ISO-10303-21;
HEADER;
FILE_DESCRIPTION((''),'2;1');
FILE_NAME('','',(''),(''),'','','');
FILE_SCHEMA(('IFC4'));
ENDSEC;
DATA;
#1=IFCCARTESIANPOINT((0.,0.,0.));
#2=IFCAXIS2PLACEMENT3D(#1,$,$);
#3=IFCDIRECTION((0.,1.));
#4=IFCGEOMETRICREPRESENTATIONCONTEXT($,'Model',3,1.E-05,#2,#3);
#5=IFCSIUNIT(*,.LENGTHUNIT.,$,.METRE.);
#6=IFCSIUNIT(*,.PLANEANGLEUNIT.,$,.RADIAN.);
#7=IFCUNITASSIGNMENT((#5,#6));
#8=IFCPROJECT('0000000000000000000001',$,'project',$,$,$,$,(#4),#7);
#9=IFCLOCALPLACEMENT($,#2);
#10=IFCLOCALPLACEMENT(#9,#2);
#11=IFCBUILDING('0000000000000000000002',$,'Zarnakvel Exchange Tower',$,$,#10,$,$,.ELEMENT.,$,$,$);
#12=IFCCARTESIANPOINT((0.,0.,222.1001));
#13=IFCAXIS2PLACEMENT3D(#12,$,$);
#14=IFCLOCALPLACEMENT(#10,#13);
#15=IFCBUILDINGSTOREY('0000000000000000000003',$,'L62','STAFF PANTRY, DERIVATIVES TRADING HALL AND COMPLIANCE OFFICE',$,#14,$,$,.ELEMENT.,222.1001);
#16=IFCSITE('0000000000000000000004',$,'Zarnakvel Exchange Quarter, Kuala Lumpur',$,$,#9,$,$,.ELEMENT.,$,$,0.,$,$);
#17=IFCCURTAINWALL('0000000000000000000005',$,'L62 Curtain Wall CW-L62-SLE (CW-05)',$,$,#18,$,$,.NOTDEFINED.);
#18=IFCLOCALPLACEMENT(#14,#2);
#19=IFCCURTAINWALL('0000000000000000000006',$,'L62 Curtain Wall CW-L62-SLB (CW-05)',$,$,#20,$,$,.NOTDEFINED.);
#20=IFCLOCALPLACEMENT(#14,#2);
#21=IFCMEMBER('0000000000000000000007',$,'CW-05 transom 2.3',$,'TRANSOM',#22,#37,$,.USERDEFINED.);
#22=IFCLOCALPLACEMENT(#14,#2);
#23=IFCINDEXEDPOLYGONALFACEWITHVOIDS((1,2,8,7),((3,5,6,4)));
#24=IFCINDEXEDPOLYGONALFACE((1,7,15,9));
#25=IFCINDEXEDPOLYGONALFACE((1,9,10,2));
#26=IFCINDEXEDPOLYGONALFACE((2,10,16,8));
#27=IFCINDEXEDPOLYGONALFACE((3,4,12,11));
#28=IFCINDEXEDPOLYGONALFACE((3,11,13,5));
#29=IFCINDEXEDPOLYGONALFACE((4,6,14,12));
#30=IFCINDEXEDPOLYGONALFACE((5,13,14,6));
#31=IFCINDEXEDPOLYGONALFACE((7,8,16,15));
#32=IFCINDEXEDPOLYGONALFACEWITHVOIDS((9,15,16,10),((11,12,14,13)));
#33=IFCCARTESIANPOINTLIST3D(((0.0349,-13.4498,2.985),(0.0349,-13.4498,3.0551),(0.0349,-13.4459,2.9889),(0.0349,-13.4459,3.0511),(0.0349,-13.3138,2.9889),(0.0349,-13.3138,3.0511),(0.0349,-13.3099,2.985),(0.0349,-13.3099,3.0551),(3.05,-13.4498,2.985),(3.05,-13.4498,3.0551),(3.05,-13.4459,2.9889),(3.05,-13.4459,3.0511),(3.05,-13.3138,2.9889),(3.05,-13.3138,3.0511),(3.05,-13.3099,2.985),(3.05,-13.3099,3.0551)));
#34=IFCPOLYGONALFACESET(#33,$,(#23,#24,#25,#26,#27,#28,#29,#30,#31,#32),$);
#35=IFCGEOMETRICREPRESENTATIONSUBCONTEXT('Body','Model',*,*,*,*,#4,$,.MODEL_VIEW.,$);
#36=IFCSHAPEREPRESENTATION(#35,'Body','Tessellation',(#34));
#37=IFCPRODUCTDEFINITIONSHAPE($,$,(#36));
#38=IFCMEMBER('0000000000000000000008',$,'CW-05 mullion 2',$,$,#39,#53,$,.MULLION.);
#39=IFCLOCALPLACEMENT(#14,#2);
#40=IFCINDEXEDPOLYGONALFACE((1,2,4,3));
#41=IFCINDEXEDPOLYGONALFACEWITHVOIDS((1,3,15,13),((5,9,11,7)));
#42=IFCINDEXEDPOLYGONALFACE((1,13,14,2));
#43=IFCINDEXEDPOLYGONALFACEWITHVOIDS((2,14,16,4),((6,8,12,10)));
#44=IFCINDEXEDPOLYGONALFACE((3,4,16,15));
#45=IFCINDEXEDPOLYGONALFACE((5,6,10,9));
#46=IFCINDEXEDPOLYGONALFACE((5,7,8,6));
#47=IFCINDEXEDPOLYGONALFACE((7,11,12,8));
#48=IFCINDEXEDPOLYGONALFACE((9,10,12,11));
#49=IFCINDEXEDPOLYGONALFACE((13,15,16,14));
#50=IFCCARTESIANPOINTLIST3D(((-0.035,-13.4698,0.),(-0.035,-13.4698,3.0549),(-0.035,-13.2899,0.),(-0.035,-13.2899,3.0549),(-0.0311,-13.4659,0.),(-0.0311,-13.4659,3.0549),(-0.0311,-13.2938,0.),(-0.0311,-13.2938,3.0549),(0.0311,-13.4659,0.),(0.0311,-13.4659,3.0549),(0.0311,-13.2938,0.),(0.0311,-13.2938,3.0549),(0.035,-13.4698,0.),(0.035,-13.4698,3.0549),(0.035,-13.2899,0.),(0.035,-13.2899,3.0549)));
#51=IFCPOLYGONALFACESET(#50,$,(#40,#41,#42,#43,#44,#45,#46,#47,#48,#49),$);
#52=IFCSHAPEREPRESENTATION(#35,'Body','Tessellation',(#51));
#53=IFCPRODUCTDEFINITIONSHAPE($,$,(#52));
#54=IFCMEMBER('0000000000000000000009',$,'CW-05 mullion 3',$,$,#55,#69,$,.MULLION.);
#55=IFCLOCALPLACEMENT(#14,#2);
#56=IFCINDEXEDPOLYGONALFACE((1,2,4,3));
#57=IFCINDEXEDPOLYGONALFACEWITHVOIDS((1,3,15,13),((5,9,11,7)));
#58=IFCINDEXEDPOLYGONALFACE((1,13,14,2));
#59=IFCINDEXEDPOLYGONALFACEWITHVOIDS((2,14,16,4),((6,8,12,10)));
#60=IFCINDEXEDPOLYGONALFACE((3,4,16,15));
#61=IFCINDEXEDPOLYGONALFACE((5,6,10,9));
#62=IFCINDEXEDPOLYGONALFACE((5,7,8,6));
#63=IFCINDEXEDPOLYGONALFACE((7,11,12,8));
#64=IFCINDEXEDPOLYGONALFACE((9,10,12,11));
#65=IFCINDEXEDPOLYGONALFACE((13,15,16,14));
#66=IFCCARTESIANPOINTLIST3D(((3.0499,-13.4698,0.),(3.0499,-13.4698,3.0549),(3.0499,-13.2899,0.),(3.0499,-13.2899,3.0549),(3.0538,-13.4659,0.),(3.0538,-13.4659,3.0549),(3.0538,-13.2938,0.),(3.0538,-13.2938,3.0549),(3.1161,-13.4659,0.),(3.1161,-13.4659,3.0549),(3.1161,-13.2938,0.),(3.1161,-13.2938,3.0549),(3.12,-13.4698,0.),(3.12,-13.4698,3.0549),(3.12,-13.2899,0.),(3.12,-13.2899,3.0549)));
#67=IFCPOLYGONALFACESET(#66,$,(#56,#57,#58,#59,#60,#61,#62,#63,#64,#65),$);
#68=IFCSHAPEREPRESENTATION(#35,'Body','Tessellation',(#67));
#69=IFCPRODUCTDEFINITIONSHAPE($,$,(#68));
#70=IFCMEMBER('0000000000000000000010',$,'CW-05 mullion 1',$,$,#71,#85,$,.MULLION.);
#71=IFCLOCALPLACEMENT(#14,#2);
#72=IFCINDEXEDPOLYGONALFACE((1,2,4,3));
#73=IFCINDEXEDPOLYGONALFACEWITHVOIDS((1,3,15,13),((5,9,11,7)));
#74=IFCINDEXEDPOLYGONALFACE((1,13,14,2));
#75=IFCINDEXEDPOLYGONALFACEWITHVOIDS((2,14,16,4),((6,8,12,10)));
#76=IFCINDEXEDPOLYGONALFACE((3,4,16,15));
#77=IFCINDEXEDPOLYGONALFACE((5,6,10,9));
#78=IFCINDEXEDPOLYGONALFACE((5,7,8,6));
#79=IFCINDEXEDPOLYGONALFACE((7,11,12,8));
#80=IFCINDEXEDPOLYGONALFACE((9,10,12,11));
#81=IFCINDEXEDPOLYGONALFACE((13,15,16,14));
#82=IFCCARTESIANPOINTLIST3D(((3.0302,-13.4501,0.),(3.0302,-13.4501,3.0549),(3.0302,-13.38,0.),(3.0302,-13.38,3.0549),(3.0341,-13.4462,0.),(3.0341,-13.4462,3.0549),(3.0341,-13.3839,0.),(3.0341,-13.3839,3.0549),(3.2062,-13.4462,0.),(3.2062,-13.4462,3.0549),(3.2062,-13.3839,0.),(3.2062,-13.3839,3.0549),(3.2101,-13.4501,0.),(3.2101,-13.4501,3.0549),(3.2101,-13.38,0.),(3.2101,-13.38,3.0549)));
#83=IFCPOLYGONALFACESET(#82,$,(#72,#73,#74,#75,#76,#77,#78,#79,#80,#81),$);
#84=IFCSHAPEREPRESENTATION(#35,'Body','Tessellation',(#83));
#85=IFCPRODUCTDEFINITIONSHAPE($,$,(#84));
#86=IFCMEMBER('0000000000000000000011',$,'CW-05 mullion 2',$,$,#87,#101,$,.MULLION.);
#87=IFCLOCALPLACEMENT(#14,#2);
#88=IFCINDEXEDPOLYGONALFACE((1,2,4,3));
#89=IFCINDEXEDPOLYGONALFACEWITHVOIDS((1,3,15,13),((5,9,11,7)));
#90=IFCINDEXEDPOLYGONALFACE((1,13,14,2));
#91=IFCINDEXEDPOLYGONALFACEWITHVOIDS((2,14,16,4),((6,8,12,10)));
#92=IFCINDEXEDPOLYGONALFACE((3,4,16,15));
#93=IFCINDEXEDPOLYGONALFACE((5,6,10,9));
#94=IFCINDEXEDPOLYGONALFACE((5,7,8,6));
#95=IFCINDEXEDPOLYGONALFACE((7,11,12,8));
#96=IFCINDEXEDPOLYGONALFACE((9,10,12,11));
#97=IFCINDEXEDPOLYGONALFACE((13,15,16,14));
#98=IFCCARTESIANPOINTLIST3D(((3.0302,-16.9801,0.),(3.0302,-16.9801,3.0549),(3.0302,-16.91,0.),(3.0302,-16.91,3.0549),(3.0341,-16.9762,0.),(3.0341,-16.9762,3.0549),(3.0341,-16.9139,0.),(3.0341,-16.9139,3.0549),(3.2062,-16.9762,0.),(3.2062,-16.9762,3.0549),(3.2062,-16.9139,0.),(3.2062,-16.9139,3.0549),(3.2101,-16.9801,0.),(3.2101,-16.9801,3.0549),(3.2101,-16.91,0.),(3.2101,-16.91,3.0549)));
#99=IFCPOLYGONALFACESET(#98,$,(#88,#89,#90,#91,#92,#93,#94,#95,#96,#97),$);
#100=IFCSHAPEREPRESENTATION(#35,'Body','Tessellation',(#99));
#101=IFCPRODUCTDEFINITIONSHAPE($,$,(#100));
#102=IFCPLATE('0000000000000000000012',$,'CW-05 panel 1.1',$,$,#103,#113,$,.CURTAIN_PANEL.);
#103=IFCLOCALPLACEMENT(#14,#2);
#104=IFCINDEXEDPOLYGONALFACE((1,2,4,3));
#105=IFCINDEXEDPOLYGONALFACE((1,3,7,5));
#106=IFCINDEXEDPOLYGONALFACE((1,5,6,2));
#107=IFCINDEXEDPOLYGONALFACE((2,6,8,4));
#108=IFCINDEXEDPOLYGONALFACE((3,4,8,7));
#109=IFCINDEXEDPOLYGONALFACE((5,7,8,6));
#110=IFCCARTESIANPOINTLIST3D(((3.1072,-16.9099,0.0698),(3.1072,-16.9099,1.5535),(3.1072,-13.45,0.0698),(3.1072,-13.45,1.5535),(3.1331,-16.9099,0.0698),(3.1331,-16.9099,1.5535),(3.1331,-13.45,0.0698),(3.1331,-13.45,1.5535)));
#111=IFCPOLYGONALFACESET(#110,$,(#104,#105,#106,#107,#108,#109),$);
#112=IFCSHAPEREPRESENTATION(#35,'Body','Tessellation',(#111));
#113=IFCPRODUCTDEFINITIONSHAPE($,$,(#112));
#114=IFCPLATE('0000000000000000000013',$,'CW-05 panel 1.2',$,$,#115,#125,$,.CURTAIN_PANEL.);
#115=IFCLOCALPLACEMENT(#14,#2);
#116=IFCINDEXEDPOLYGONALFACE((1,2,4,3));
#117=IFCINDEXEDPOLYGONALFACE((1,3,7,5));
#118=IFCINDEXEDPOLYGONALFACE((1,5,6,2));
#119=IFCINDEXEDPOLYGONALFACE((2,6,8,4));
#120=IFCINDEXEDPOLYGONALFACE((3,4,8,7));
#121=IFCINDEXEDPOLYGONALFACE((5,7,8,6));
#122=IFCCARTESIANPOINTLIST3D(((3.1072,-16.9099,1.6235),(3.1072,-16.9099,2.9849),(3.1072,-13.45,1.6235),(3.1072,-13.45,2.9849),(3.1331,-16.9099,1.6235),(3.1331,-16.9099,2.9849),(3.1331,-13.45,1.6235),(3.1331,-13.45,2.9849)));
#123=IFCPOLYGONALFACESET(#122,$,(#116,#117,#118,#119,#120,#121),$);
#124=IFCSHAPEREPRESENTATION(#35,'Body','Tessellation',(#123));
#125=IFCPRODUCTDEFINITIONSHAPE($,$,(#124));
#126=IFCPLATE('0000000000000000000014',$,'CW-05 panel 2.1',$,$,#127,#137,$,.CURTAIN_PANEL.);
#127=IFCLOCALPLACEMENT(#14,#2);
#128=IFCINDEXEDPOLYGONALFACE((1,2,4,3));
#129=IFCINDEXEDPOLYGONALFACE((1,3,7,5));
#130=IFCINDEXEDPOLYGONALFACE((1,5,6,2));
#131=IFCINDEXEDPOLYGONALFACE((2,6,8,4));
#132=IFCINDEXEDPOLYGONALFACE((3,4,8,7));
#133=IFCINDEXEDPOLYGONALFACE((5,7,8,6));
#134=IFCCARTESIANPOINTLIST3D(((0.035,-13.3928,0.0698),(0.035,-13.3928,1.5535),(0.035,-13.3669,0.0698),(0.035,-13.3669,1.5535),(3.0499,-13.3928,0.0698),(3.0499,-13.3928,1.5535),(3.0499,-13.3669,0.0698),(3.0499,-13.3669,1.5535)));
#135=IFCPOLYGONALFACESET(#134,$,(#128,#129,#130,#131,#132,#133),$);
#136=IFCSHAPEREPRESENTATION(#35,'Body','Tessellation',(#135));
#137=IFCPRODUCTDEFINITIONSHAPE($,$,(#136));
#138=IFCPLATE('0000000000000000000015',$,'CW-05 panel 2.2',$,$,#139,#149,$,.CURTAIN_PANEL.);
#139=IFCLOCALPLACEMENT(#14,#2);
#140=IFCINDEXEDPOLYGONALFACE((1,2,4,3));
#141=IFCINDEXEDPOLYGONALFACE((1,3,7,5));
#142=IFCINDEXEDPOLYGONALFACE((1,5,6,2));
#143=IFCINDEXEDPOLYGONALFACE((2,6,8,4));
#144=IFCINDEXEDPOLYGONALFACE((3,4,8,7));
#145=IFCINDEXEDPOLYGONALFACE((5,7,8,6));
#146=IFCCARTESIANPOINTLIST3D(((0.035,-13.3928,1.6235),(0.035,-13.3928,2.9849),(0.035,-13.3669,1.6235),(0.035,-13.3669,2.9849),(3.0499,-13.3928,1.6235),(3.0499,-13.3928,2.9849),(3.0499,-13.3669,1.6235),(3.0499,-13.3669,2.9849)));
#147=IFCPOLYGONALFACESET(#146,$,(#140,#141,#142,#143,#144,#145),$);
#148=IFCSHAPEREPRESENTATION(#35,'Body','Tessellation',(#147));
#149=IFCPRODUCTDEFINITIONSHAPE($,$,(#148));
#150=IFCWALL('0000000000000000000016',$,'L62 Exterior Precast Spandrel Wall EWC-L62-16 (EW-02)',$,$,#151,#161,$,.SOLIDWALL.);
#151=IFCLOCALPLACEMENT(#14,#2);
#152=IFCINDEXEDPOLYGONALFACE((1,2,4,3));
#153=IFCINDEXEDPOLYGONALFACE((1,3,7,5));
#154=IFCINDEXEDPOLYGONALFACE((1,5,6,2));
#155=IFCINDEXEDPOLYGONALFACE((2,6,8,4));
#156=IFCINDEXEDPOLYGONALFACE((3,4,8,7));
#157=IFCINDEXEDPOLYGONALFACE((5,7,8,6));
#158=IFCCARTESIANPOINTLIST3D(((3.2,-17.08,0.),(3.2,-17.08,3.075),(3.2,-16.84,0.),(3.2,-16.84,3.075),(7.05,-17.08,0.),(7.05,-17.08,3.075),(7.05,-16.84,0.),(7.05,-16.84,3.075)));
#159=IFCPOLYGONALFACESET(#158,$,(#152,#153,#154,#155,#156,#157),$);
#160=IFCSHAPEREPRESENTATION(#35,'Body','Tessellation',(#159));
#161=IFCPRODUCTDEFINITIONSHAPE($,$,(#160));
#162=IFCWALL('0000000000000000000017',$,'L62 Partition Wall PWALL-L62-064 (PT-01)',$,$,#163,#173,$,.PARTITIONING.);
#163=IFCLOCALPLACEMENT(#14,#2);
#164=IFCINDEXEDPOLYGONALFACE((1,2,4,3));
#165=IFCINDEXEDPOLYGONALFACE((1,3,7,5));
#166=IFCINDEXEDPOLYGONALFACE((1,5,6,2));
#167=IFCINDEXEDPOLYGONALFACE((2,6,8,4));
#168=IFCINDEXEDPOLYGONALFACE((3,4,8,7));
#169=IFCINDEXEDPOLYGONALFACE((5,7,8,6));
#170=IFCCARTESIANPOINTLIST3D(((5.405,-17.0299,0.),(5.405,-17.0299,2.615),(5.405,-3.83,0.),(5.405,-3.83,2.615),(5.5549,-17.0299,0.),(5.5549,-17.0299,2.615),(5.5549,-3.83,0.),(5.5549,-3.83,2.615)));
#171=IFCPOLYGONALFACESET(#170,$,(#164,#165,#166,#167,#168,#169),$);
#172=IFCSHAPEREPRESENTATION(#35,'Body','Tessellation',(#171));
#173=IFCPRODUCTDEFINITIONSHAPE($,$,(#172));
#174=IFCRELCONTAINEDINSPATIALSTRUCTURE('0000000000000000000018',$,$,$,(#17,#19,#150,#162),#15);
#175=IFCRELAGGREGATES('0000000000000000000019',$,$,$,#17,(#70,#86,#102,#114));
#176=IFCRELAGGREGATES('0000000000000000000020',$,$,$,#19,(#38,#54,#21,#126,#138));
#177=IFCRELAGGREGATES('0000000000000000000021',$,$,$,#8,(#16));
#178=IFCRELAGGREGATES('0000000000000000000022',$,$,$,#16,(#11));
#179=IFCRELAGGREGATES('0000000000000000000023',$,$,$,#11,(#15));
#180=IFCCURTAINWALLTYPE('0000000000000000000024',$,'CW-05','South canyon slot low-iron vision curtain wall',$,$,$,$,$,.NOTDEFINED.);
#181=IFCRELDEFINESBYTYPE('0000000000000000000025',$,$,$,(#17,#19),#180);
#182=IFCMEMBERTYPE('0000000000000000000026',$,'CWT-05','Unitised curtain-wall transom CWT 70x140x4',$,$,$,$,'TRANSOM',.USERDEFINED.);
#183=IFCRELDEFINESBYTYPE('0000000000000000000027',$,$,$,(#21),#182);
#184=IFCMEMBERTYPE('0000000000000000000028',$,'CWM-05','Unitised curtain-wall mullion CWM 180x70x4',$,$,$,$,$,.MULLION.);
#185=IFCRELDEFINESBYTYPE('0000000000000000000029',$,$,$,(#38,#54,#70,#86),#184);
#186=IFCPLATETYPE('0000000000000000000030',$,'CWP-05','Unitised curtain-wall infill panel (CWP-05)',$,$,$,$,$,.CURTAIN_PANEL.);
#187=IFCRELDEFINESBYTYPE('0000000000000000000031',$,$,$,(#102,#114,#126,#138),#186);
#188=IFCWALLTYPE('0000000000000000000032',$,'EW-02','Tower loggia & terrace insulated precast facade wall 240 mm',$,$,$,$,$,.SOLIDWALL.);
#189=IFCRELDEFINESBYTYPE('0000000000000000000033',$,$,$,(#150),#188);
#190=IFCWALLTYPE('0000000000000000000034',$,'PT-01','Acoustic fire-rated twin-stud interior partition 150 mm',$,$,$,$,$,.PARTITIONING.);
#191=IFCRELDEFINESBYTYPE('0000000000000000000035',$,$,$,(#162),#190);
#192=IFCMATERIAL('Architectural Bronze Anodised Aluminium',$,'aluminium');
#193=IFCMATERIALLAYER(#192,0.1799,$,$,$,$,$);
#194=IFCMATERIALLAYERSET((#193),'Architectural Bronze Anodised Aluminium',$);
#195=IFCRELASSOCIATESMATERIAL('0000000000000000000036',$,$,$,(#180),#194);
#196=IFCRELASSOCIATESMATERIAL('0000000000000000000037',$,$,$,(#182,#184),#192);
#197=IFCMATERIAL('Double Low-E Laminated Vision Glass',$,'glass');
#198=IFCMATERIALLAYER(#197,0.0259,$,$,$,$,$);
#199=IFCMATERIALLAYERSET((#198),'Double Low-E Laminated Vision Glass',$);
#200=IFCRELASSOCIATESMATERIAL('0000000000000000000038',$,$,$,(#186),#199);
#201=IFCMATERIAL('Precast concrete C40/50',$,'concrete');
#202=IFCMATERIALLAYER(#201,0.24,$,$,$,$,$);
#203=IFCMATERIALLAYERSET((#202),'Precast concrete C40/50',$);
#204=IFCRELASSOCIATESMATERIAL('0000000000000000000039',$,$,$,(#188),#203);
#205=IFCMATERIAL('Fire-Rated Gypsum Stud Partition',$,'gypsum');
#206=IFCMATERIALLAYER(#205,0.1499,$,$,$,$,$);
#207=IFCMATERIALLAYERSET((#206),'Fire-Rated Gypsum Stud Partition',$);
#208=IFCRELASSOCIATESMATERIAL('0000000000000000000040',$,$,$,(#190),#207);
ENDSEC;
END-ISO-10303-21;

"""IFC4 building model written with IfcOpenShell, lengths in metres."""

from ifc_helpers import new_model, si_unit, direction, frame, frame_2d, origin, origin_2d, place, context, subcontext, project, spatial, rectangle, hollow_rectangle, extrude, source, transform, mapped, material, layer, layer_set, material_profile, profile_set, type_object, element, aggregate, save


model = new_model("IFC4")

# Units and contexts
model_context = context("Model", 3, precision=1e-05, world=origin(), true_north=direction((0.0, 1.0)))
body_context = subcontext(model_context, "Body", "Model", "MODEL_VIEW")
ifc_project = project(units=[si_unit("LENGTHUNIT", "METRE"), si_unit("PLANEANGLEUNIT", "RADIAN")], contexts=[model_context])

# Site, building, storey
site_placement = place(None, origin())
site = spatial("IfcSite", under=ifc_project, at=site_placement, Name="Zarnakvel Exchange Quarter, Kuala Lumpur", CompositionType="ELEMENT", RefElevation=0.0)
building_placement = place(site_placement, origin())
building = spatial("IfcBuilding", under=site, at=building_placement, Name="Zarnakvel Exchange Tower", CompositionType="ELEMENT")
storey_placement = place(building_placement, frame((0.0, 0.0, 222.1001)))
storey = spatial("IfcBuildingStorey", under=building, at=storey_placement, Name="L62", Description="STAFF PANTRY, DERIVATIVES TRADING HALL AND COMPLIANCE OFFICE", CompositionType="ELEMENT", Elevation=222.1001)

# Curtain walls, members
ifc_material_1 = material(Name="Architectural Bronze Anodised Aluminium", Category="aluminium")
ifc_layer_1 = layer(ifc_material_1, 0.1799)
ifc_layer_set_1 = layer_set([ifc_layer_1], Name="Architectural Bronze Anodised Aluminium")
curtain_wall_type = type_object("IfcCurtainWallType", Name="CW-05", Description="South canyon slot low-iron vision curtain wall", PredefinedType="NOTDEFINED", material=ifc_layer_set_1)
curtain_wall_1_placement = place(storey_placement, origin())
curtain_wall_1 = element("IfcCurtainWall", 1, at=curtain_wall_1_placement, inside=storey, type_object=curtain_wall_type, Name="L62 Curtain Wall CW-L62-SLE (CW-05)", PredefinedType="NOTDEFINED")
ifc_material_profile_1 = material_profile(ifc_material_1, hollow_rectangle(XDim=0.1399, YDim=0.0701, WallThickness=0.0039, at=origin_2d()))
ifc_profile_set_1 = profile_set([ifc_material_profile_1], Name="Architectural Bronze Anodised Aluminium")
member_type_1 = type_object("IfcMemberType", Name="CWT-05", Description="Unitised curtain-wall transom CWT 70x140x4", ElementType="TRANSOM", PredefinedType="USERDEFINED", material=ifc_profile_set_1)
curtain_wall_2_placement = place(storey_placement, origin())
curtain_wall_2 = element("IfcCurtainWall", 2, at=curtain_wall_2_placement, inside=storey, type_object=curtain_wall_type, Name="L62 Curtain Wall CW-L62-SLB (CW-05)", PredefinedType="NOTDEFINED")
shared_shape_1 = source(origin(), body_context, "Body", "SweptSolid", [
    extrude(hollow_rectangle(XDim=0.1399, YDim=0.0701, WallThickness=0.0039, at=origin_2d()), origin(), (0.0, 0.0, 1.0), 3.0151),
])
member_1_placement = place(storey_placement, frame((0.0349, -13.3799, 3.02), z_axis=(1.0, 0.0, 0.0), x_axis=(0.0, 1.0, 0.0)))
member_1 = element("IfcMember", 3, at=member_1_placement, type_object=member_type_1, Name="CW-05 transom 2.3", ObjectType="TRANSOM", PredefinedType="USERDEFINED", context=body_context, shape_type="MappedRepresentation", body=[
    mapped(shared_shape_1, transform((0.0, 0.0, 0.0), x_axis=(1.0, 0.0, 0.0), y_axis=(0.0, 1.0, 0.0), z_axis=(0.0, 0.0, 1.0), scale=1.0)),
])
ifc_material_profile_2 = material_profile(ifc_material_1, hollow_rectangle(XDim=0.1799, YDim=0.0701, WallThickness=0.0039, at=origin_2d()))
ifc_profile_set_2 = profile_set([ifc_material_profile_2], Name="Architectural Bronze Anodised Aluminium")
member_type_2 = type_object("IfcMemberType", Name="CWM-05", Description="Unitised curtain-wall mullion CWM 180x70x4", PredefinedType="MULLION", material=ifc_profile_set_2)
shared_shape_2 = source(origin(), body_context, "Body", "SweptSolid", [
    extrude(hollow_rectangle(XDim=0.1799, YDim=0.0701, WallThickness=0.0039, at=origin_2d()), origin(), (0.0, 0.0, 1.0), 3.0549),
])
member_2_placement = place(storey_placement, frame((0.0, -13.3799, 0.0), z_axis=(0.0, 0.0, 1.0), x_axis=(0.0, 1.0, 0.0)))
member_2 = element("IfcMember", 4, at=member_2_placement, type_object=member_type_2, Name="CW-05 mullion 2", PredefinedType="MULLION", context=body_context, shape_type="MappedRepresentation", body=[
    mapped(shared_shape_2, transform((0.0, 0.0, 0.0), x_axis=(1.0, 0.0, 0.0), y_axis=(0.0, 1.0, 0.0), z_axis=(0.0, 0.0, 1.0), scale=1.0)),
])
member_3_placement = place(storey_placement, frame((3.085, -13.3799, 0.0), z_axis=(0.0, 0.0, 1.0), x_axis=(0.0, 1.0, 0.0)))
member_3 = element("IfcMember", 5, at=member_3_placement, type_object=member_type_2, Name="CW-05 mullion 3", PredefinedType="MULLION", context=body_context, shape_type="MappedRepresentation", body=[
    mapped(shared_shape_2, transform((0.0, 0.0, 0.0), x_axis=(1.0, 0.0, 0.0), y_axis=(0.0, 1.0, 0.0), z_axis=(0.0, 0.0, 1.0), scale=1.0)),
])

# Members
member_4_placement = place(storey_placement, frame((3.1201, -13.415, 0.0), z_axis=(0.0, 0.0, 1.0), x_axis=(1.0, 0.0, 0.0)))
member_4 = element("IfcMember", 6, at=member_4_placement, type_object=member_type_2, Name="CW-05 mullion 1", PredefinedType="MULLION", context=body_context, shape_type="MappedRepresentation", body=[
    mapped(shared_shape_2, transform((0.0, 0.0, 0.0), x_axis=(1.0, 0.0, 0.0), y_axis=(0.0, 1.0, 0.0), z_axis=(0.0, 0.0, 1.0), scale=1.0)),
])
member_5_placement = place(storey_placement, frame((3.1201, -16.9451, 0.0), z_axis=(0.0, 0.0, 1.0), x_axis=(1.0, 0.0, 0.0)))
member_5 = element("IfcMember", 7, at=member_5_placement, type_object=member_type_2, Name="CW-05 mullion 2", PredefinedType="MULLION", context=body_context, shape_type="MappedRepresentation", body=[
    mapped(shared_shape_2, transform((0.0, 0.0, 0.0), x_axis=(1.0, 0.0, 0.0), y_axis=(0.0, 1.0, 0.0), z_axis=(0.0, 0.0, 1.0), scale=1.0)),
])

# Plates
ifc_material_2 = material(Name="Double Low-E Laminated Vision Glass", Category="glass")
ifc_layer_2 = layer(ifc_material_2, 0.0259)
ifc_layer_set_2 = layer_set([ifc_layer_2], Name="Double Low-E Laminated Vision Glass")
plate_type = type_object("IfcPlateType", Name="CWP-05", Description="Unitised curtain-wall infill panel (CWP-05)", PredefinedType="CURTAIN_PANEL", material=ifc_layer_set_2)
shared_shape_3 = source(origin(), body_context, "Body", "SweptSolid", [
    extrude(rectangle(XDim=3.46, YDim=0.0259, at=origin_2d()), origin(), (0.0, 0.0, 1.0), 1.4836),
])
plate_1_placement = place(storey_placement, frame((3.1201, -15.1799, 0.0698), z_axis=(0.0, 0.0, 1.0), x_axis=(0.0, -1.0, 0.0)))
plate_1 = element("IfcPlate", 8, at=plate_1_placement, type_object=plate_type, Name="CW-05 panel 1.1", PredefinedType="CURTAIN_PANEL", context=body_context, shape_type="MappedRepresentation", body=[
    mapped(shared_shape_3, transform((0.0, 0.0, 0.0), x_axis=(1.0, 0.0, 0.0), y_axis=(0.0, 1.0, 0.0), z_axis=(0.0, 0.0, 1.0), scale=1.0)),
])
shared_shape_4 = source(origin(), body_context, "Body", "SweptSolid", [
    extrude(rectangle(XDim=3.46, YDim=0.0259, at=origin_2d()), origin(), (0.0, 0.0, 1.0), 1.3613),
])
plate_2_placement = place(storey_placement, frame((3.1201, -15.1799, 1.6235), z_axis=(0.0, 0.0, 1.0), x_axis=(0.0, -1.0, 0.0)))
plate_2 = element("IfcPlate", 9, at=plate_2_placement, type_object=plate_type, Name="CW-05 panel 1.2", PredefinedType="CURTAIN_PANEL", context=body_context, shape_type="MappedRepresentation", body=[
    mapped(shared_shape_4, transform((0.0, 0.0, 0.0), x_axis=(1.0, 0.0, 0.0), y_axis=(0.0, 1.0, 0.0), z_axis=(0.0, 0.0, 1.0), scale=1.0)),
])
aggregate(curtain_wall_1, [member_4, member_5, plate_1, plate_2])
shared_shape_5 = source(origin(), body_context, "Body", "SweptSolid", [
    extrude(rectangle(XDim=3.0149, YDim=0.0259, at=origin_2d()), origin(), (0.0, 0.0, 1.0), 1.4836),
])
plate_3_placement = place(storey_placement, frame((1.5425, -13.3799, 0.0698), z_axis=(0.0, 0.0, 1.0), x_axis=(1.0, 0.0, 0.0)))
plate_3 = element("IfcPlate", 10, at=plate_3_placement, type_object=plate_type, Name="CW-05 panel 2.1", PredefinedType="CURTAIN_PANEL", context=body_context, shape_type="MappedRepresentation", body=[
    mapped(shared_shape_5, transform((0.0, 0.0, 0.0), x_axis=(1.0, 0.0, 0.0), y_axis=(0.0, 1.0, 0.0), z_axis=(0.0, 0.0, 1.0), scale=1.0)),
])
shared_shape_6 = source(origin(), body_context, "Body", "SweptSolid", [
    extrude(rectangle(XDim=3.0149, YDim=0.0259, at=origin_2d()), origin(), (0.0, 0.0, 1.0), 1.3613),
])
plate_4_placement = place(storey_placement, frame((1.5425, -13.3799, 1.6235), z_axis=(0.0, 0.0, 1.0), x_axis=(1.0, 0.0, 0.0)))
plate_4 = element("IfcPlate", 11, at=plate_4_placement, type_object=plate_type, Name="CW-05 panel 2.2", PredefinedType="CURTAIN_PANEL", context=body_context, shape_type="MappedRepresentation", body=[
    mapped(shared_shape_6, transform((0.0, 0.0, 0.0), x_axis=(1.0, 0.0, 0.0), y_axis=(0.0, 1.0, 0.0), z_axis=(0.0, 0.0, 1.0), scale=1.0)),
])
aggregate(curtain_wall_2, [member_2, member_3, member_1, plate_3, plate_4])

# Walls
ifc_material_3 = material(Name="Precast concrete C40/50", Category="concrete")
ifc_layer_3 = layer(ifc_material_3, 0.24)
ifc_layer_set_3 = layer_set([ifc_layer_3], Name="Precast concrete C40/50")
wall_type_1 = type_object("IfcWallType", Name="EW-02", Description="Tower loggia & terrace insulated precast facade wall 240 mm", PredefinedType="SOLIDWALL", material=ifc_layer_set_3)
wall_1_placement = place(storey_placement, frame((3.2, -16.96, 0.0), z_axis=(0.0, 0.0, 1.0), x_axis=(1.0, 0.0, 0.0)))
element("IfcWall", 12, at=wall_1_placement, inside=storey, type_object=wall_type_1, Name="L62 Exterior Precast Spandrel Wall EWC-L62-16 (EW-02)", PredefinedType="SOLIDWALL", context=body_context, shape_type="SweptSolid", body=[
    extrude(rectangle(XDim=3.8501, YDim=0.24, at=frame_2d((1.925, 0.0))), origin(), (0.0, 0.0, 1.0), 3.075),
])
ifc_material_4 = material(Name="Fire-Rated Gypsum Stud Partition", Category="gypsum")
ifc_layer_4 = layer(ifc_material_4, 0.1499)
ifc_layer_set_4 = layer_set([ifc_layer_4], Name="Fire-Rated Gypsum Stud Partition")
wall_type_2 = type_object("IfcWallType", Name="PT-01", Description="Acoustic fire-rated twin-stud interior partition 150 mm", PredefinedType="PARTITIONING", material=ifc_layer_set_4)
wall_2_placement = place(storey_placement, frame((5.48, -17.03, 0.0), z_axis=(0.0, 0.0, 1.0), x_axis=(0.0, 1.0, 0.0)))
element("IfcWall", 13, at=wall_2_placement, inside=storey, type_object=wall_type_2, Name="L62 Partition Wall PWALL-L62-064 (PT-01)", PredefinedType="PARTITIONING", context=body_context, shape_type="SweptSolid", body=[
    extrude(rectangle(XDim=13.2, YDim=0.1499, at=frame_2d((6.6001, 0.0))), origin(), (0.0, 0.0, 1.0), 2.615),
])

save(model, "model.ifc")
